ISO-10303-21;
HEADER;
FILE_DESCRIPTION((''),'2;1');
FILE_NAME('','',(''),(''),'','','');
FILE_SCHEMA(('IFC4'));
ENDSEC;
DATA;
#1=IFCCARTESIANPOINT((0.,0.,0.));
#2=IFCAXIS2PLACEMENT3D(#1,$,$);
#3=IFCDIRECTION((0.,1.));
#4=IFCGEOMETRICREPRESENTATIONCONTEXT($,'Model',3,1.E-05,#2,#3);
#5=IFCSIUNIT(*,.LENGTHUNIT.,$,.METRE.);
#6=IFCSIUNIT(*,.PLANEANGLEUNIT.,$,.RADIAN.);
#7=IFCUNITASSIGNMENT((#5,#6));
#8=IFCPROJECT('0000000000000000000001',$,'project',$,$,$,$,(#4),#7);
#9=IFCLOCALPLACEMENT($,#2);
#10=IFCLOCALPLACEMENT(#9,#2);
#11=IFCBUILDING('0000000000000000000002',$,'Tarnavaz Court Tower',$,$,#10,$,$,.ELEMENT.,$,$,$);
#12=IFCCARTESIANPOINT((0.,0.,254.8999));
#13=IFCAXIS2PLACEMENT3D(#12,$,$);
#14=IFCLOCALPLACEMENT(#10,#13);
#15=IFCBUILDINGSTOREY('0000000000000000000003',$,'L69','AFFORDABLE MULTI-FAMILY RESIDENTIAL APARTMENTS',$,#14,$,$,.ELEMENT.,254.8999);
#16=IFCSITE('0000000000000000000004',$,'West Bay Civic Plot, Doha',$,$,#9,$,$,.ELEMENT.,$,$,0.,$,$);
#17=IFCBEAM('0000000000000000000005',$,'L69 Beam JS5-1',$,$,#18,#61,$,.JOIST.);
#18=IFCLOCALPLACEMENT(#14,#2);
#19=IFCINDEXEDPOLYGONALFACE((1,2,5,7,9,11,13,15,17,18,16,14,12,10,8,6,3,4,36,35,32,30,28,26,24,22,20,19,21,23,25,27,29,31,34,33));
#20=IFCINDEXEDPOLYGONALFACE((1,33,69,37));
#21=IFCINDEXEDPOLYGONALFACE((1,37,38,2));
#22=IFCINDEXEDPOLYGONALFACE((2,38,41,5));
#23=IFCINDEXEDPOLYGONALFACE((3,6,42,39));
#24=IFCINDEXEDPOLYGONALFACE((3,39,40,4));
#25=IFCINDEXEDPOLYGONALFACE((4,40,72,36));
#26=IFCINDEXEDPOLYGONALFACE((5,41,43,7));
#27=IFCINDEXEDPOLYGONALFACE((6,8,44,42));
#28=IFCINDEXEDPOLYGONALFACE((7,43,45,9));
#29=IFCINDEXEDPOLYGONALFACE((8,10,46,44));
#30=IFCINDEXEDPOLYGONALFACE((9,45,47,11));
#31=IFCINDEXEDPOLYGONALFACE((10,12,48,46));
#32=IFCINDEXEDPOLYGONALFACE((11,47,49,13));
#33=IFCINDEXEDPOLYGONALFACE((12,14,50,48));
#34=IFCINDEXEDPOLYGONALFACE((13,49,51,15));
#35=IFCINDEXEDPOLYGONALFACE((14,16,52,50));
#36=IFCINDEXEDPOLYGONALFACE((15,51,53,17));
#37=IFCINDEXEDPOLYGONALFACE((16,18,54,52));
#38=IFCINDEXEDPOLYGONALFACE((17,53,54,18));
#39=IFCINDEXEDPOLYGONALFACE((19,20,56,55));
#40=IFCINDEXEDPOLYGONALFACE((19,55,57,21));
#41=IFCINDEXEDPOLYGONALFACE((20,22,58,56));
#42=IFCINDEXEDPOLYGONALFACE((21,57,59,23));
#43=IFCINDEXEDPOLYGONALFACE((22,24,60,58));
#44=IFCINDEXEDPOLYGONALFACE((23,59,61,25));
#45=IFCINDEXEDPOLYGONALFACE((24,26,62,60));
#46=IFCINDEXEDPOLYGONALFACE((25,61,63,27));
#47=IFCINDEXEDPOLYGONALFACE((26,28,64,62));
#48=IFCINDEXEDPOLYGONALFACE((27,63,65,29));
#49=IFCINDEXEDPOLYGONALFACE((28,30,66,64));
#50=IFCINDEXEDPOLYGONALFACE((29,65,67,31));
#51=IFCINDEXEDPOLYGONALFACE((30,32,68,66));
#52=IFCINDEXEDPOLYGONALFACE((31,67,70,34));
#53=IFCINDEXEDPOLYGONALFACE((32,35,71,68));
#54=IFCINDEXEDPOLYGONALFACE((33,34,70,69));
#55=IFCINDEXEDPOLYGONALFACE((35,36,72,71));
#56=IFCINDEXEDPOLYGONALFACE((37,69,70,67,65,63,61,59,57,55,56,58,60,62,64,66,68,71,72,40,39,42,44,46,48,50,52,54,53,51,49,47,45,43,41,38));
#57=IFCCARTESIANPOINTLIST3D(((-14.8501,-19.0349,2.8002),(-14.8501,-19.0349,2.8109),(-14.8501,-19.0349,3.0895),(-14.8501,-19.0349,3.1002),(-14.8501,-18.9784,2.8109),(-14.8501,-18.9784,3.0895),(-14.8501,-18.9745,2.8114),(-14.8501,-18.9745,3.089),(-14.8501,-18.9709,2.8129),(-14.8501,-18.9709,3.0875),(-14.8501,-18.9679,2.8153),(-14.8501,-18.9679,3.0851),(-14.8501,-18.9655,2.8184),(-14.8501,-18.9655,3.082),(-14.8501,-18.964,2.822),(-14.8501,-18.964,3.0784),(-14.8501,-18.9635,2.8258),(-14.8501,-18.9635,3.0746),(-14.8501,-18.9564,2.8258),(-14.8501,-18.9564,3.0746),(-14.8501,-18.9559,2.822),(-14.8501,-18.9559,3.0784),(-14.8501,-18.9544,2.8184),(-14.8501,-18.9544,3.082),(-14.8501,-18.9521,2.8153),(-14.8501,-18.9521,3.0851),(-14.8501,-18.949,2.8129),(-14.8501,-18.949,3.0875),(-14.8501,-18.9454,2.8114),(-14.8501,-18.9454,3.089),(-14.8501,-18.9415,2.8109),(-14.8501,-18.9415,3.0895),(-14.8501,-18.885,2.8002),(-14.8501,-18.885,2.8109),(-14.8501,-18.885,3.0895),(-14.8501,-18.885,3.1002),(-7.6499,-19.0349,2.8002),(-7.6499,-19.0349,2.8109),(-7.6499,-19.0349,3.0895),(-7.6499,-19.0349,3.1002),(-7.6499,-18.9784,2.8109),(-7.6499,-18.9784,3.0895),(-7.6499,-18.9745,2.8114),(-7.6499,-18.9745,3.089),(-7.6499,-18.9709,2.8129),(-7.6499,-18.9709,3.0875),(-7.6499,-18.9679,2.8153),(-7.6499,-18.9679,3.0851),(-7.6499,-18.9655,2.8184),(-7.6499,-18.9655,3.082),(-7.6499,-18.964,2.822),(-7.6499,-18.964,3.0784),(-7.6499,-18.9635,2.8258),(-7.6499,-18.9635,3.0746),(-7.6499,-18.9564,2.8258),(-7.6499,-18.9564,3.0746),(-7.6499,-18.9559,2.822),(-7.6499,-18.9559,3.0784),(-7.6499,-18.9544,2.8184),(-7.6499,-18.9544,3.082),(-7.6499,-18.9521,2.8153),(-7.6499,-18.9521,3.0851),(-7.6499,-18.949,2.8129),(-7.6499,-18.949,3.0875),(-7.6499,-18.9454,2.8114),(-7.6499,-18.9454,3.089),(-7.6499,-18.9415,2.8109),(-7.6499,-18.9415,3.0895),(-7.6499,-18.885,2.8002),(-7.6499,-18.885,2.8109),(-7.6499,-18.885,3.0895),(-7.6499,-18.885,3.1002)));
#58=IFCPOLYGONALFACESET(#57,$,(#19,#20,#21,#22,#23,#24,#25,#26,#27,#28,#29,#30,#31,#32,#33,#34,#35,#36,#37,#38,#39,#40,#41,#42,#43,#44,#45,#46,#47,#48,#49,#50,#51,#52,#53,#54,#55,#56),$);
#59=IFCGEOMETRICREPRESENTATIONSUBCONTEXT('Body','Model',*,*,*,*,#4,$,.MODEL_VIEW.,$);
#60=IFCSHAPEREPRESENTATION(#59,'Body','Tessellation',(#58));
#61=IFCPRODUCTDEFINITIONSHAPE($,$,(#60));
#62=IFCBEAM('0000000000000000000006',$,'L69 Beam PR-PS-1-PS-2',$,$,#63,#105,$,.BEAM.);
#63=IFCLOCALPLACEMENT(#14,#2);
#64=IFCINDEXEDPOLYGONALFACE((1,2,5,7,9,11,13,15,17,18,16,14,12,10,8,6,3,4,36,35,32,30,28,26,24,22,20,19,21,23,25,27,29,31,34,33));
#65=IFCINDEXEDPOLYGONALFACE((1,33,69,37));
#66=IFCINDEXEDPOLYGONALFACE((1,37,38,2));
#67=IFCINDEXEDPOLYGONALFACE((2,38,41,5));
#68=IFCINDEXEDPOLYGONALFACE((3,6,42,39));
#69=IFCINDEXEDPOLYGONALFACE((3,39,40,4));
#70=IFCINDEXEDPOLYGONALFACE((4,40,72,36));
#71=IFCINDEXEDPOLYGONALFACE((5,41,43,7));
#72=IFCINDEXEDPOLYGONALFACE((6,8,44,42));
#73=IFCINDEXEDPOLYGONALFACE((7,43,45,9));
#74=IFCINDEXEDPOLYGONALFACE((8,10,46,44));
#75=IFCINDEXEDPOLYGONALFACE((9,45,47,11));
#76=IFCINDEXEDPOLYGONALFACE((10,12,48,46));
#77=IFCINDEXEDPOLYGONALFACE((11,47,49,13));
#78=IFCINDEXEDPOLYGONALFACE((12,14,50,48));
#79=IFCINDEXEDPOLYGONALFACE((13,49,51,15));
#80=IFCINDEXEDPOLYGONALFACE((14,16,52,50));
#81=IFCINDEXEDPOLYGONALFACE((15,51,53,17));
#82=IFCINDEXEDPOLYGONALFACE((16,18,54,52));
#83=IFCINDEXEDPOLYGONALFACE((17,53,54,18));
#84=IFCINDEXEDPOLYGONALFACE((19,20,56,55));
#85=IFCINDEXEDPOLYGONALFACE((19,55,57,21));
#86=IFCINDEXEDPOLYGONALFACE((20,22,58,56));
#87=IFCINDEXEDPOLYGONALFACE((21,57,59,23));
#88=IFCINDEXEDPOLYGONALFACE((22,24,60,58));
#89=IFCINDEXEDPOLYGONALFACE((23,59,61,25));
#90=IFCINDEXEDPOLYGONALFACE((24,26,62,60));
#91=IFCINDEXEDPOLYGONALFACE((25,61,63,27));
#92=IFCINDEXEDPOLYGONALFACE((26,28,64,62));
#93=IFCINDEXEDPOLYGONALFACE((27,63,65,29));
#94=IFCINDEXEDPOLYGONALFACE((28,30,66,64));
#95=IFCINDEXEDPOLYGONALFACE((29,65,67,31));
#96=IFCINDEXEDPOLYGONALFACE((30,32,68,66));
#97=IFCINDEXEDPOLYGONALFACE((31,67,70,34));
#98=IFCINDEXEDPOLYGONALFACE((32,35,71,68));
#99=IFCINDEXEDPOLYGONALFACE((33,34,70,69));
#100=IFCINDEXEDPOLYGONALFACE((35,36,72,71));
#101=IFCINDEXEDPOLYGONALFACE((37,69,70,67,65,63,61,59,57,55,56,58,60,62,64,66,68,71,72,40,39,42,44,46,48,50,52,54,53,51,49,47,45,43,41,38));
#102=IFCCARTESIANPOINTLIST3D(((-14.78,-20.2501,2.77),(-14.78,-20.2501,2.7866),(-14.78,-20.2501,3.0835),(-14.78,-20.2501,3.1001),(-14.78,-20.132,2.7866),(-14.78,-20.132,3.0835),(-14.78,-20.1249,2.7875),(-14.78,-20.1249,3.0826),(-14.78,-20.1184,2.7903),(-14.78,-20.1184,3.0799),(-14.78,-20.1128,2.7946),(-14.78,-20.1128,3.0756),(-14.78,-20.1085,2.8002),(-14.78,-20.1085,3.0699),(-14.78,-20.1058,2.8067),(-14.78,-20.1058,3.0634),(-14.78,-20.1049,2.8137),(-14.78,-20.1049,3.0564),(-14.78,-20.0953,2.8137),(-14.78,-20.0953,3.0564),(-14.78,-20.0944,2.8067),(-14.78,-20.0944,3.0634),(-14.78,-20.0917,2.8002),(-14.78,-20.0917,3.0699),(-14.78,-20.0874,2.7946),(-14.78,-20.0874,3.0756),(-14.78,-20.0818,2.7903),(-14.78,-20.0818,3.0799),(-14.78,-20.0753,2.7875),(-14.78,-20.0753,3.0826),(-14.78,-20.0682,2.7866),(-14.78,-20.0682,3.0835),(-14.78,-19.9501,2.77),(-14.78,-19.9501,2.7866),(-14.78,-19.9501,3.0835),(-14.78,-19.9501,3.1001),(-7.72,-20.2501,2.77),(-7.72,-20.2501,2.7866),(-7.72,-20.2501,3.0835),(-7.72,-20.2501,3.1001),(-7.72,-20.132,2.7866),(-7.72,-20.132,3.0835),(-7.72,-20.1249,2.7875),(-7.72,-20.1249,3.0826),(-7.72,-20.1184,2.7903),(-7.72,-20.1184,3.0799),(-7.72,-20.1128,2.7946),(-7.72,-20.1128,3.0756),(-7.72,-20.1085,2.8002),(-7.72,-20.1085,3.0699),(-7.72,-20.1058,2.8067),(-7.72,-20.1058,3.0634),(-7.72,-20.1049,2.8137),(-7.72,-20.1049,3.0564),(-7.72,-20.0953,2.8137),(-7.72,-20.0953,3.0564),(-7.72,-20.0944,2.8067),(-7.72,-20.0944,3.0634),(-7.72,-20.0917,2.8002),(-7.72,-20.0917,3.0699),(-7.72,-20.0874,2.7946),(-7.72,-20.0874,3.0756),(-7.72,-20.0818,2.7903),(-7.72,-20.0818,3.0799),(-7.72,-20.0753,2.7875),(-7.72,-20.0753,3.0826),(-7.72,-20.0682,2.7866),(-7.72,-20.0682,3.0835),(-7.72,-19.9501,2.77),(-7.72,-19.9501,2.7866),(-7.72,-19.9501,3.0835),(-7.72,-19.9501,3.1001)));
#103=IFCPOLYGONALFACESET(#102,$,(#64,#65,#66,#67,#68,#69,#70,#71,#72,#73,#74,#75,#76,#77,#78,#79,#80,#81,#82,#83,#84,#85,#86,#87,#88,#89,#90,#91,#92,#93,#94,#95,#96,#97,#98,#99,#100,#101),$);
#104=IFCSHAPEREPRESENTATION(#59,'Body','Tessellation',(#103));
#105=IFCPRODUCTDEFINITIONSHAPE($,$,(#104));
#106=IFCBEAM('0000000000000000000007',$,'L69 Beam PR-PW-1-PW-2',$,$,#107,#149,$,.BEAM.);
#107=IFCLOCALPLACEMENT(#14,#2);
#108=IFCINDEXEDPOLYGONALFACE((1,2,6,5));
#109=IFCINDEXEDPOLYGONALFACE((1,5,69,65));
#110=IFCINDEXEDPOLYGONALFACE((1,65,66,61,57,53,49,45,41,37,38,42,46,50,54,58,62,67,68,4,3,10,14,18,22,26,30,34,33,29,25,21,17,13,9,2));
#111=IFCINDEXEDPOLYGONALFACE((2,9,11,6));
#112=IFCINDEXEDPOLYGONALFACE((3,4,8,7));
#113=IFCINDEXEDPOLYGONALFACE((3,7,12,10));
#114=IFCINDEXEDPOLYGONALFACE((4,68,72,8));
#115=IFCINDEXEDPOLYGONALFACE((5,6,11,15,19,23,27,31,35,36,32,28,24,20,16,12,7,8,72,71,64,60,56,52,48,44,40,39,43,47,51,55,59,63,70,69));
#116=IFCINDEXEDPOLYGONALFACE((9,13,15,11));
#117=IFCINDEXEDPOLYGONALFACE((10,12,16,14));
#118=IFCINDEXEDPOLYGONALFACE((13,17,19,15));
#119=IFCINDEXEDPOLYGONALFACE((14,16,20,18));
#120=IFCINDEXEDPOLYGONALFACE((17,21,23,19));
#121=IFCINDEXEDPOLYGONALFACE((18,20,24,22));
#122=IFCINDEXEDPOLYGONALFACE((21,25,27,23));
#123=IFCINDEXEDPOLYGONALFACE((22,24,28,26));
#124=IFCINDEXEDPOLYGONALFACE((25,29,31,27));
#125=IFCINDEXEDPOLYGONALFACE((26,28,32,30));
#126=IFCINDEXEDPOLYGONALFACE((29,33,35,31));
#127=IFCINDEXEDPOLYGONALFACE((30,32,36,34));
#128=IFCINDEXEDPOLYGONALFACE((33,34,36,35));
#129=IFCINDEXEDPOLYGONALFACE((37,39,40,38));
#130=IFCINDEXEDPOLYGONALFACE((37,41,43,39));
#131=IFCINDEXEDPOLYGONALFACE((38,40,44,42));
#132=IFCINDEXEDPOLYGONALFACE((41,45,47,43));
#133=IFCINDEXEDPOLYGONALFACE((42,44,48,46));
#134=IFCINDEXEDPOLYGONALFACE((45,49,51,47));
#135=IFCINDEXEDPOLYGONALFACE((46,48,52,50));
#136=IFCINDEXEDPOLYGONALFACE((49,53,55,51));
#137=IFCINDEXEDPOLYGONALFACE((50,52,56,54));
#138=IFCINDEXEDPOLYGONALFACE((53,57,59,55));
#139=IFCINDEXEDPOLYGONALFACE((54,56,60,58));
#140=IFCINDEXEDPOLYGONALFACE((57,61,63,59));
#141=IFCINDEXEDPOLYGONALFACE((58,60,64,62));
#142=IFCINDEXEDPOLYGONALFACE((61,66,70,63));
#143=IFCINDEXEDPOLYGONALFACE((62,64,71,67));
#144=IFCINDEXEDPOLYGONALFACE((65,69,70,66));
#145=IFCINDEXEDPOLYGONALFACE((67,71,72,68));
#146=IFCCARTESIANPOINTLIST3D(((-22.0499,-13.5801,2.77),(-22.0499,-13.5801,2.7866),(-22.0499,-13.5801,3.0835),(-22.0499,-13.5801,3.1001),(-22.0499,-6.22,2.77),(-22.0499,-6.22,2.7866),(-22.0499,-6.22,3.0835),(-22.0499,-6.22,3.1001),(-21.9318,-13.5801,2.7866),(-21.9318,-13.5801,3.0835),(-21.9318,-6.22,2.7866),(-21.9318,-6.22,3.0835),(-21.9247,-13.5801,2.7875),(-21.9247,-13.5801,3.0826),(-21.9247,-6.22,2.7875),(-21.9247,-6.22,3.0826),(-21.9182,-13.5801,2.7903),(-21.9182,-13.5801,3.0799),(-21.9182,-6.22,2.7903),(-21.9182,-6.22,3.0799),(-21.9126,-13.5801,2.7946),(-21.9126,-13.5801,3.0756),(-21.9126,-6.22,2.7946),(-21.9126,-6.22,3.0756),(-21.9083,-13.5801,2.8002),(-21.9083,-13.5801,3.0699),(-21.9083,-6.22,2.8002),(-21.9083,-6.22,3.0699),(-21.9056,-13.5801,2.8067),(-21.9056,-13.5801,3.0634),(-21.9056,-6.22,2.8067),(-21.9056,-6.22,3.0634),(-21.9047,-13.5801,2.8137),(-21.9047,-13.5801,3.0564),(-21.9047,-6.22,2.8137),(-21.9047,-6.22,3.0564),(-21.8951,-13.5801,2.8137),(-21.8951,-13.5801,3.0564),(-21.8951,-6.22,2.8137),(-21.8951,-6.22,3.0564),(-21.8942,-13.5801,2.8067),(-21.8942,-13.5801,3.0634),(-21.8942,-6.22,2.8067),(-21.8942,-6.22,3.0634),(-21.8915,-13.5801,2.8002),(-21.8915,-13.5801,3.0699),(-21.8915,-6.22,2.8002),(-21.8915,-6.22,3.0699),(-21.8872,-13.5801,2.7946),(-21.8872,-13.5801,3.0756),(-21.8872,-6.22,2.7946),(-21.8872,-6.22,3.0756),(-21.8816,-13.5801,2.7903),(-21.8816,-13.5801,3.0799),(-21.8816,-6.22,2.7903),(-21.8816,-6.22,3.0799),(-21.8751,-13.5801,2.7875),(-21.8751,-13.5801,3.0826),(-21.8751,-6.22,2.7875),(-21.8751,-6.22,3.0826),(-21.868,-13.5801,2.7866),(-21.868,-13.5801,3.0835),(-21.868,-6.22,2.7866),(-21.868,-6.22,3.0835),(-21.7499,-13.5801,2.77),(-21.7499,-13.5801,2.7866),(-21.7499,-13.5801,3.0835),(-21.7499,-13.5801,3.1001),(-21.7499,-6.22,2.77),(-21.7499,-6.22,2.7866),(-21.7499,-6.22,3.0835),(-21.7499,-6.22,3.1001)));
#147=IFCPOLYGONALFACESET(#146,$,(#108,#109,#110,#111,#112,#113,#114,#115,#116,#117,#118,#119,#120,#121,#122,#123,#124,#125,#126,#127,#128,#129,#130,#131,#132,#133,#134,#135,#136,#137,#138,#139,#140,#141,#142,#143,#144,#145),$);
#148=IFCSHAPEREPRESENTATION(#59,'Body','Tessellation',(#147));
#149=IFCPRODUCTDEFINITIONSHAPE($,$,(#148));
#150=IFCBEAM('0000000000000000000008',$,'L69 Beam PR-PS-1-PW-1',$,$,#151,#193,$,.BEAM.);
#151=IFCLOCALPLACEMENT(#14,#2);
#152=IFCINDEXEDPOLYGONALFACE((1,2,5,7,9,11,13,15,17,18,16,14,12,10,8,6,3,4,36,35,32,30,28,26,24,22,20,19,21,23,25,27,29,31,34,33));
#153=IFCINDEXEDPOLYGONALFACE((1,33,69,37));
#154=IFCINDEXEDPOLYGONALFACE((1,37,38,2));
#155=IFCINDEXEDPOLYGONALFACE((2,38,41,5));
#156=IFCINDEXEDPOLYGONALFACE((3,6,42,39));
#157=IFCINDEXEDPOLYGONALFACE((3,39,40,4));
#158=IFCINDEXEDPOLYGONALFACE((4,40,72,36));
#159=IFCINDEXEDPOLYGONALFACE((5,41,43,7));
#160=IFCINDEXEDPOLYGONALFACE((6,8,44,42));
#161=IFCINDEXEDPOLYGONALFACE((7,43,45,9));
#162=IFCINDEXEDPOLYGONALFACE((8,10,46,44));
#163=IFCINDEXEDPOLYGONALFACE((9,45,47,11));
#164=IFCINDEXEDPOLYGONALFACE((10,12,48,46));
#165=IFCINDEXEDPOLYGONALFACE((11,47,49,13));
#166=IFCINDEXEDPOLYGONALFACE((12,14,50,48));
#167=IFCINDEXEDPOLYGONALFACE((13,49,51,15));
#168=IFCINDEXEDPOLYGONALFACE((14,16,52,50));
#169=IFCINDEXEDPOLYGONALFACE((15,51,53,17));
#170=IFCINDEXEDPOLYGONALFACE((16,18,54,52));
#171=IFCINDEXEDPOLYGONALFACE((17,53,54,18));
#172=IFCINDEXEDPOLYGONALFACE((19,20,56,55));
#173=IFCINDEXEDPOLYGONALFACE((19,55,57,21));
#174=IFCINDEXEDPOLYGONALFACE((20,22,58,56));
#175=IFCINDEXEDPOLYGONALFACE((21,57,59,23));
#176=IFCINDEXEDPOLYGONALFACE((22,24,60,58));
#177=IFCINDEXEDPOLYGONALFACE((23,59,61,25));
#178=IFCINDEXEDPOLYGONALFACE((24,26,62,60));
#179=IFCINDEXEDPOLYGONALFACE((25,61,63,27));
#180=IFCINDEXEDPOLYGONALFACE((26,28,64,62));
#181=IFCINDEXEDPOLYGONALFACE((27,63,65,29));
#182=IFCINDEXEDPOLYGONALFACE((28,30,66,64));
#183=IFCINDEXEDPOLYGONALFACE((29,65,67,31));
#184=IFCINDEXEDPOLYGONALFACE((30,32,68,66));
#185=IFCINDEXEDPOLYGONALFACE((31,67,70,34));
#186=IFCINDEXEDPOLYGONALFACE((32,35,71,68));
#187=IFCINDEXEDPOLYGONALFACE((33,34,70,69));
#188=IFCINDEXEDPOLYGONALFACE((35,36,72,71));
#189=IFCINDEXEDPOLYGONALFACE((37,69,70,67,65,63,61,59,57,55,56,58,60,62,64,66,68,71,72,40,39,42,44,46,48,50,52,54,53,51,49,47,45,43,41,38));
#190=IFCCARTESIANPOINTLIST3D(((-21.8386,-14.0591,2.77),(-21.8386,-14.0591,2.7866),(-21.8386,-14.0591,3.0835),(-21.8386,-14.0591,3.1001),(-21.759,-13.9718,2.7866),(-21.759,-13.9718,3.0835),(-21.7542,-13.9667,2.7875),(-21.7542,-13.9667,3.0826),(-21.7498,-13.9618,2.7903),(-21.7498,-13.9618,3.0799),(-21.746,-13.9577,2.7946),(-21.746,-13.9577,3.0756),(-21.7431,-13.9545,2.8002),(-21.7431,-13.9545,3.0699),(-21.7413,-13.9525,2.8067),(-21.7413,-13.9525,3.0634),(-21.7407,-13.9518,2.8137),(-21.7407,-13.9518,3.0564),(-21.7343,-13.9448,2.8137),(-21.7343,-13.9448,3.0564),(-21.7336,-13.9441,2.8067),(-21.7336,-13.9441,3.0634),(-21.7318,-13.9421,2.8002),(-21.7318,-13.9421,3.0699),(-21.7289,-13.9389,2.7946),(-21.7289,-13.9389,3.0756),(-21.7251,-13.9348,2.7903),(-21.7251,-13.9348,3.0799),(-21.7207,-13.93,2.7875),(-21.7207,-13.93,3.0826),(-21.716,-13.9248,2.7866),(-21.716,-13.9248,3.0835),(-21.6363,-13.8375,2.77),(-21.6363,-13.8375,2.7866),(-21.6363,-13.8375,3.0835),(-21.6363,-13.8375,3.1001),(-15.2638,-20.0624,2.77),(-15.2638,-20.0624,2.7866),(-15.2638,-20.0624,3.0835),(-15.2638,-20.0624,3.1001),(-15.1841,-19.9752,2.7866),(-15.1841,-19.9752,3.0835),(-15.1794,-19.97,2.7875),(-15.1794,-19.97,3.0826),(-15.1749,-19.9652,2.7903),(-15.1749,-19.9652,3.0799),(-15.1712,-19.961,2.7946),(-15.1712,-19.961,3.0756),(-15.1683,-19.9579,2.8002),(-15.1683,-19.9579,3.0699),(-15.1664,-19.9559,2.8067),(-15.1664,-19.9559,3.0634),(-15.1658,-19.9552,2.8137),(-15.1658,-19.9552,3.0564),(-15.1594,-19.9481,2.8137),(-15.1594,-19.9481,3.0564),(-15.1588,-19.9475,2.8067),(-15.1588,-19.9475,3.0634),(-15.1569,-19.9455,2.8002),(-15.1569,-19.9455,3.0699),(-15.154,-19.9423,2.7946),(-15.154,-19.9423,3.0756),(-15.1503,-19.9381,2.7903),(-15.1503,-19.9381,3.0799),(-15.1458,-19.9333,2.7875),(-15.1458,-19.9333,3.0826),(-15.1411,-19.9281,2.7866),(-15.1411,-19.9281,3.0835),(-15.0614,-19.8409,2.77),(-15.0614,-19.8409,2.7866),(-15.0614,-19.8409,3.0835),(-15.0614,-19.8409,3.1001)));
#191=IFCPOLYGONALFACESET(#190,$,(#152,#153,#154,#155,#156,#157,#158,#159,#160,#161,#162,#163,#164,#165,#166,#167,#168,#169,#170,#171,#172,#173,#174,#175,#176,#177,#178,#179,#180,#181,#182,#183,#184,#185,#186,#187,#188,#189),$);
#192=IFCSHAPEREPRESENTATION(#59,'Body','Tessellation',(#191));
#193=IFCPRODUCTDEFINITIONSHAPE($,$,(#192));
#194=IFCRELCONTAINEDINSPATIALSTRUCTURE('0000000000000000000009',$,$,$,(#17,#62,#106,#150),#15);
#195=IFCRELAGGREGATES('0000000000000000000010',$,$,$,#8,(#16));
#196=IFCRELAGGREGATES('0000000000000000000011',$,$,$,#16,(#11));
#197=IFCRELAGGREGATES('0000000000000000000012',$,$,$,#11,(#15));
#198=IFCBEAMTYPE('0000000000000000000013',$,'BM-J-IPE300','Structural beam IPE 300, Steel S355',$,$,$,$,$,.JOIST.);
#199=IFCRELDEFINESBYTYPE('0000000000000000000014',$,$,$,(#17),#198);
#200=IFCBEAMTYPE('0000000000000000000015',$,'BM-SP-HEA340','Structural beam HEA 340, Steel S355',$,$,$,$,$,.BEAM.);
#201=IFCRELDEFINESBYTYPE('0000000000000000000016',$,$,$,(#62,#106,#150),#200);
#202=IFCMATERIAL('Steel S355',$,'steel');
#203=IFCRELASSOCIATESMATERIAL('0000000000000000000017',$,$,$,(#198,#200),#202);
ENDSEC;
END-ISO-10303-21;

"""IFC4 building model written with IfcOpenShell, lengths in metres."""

from ifc_helpers import new_model, si_unit, direction, frame, origin, origin_2d, place, context, subcontext, project, spatial, i_section, extrude, material, material_profile, profile_set, type_object, element, save


model = new_model("IFC4")

# Units and contexts
model_context = context("Model", 3, precision=1e-05, world=origin(), true_north=direction((0.0, 1.0)))
body_context = subcontext(model_context, "Body", "Model", "MODEL_VIEW")
ifc_project = project(units=[si_unit("LENGTHUNIT", "METRE"), si_unit("PLANEANGLEUNIT", "RADIAN")], contexts=[model_context])

# Site, building, storey
site_placement = place(None, origin())
site = spatial("IfcSite", under=ifc_project, at=site_placement, Name="West Bay Civic Plot, Doha", CompositionType="ELEMENT", RefElevation=0.0)
building_placement = place(site_placement, origin())
building = spatial("IfcBuilding", under=site, at=building_placement, Name="Tarnavaz Court Tower", CompositionType="ELEMENT")
storey_placement = place(building_placement, frame((0.0, 0.0, 254.8999)))
storey = spatial("IfcBuildingStorey", under=building, at=storey_placement, Name="L69", Description="AFFORDABLE MULTI-FAMILY RESIDENTIAL APARTMENTS", CompositionType="ELEMENT", Elevation=254.8999)

# Beams
ifc_material_1 = material(Name="Steel S355", Category="steel")
ifc_material_profile_1 = material_profile(ifc_material_1, i_section(OverallWidth=0.1499, OverallDepth=0.3, WebThickness=0.0071, FlangeThickness=0.0107, FilletRadius=0.0149, at=origin_2d()), Name="IPE 300")
ifc_profile_set_1 = profile_set([ifc_material_profile_1], Name="Steel S355")
beam_type_1 = type_object("IfcBeamType", Name="BM-J-IPE300", Description="Structural beam IPE 300, Steel S355", PredefinedType="JOIST", material=ifc_profile_set_1)
for number, where, z_axis, x_axis, name in (
    (1, (-14.8501, -18.96, 2.9502), (1.0, 0.0, 0.0), (0.0, 1.0, 0.0), "L69 Beam JS5-1"),
):
    element("IfcBeam", number, at=place(storey_placement, frame(where, z_axis=z_axis, x_axis=x_axis)), inside=storey, type_object=beam_type_1, Name=name, PredefinedType="JOIST", context=body_context, shape_type="SweptSolid", body=[
        extrude(i_section(OverallWidth=0.1499, OverallDepth=0.3, WebThickness=0.0071, FlangeThickness=0.0107, FilletRadius=0.0149, at=origin_2d()), origin(), (0.0, 0.0, 1.0), 7.2002),
    ])
ifc_material_profile_2 = material_profile(ifc_material_1, i_section(OverallWidth=0.3, OverallDepth=0.3301, WebThickness=0.0095, FlangeThickness=0.0166, FilletRadius=0.0271, at=origin_2d()), Name="HEA 340")
ifc_profile_set_2 = profile_set([ifc_material_profile_2], Name="Steel S355")
beam_type_2 = type_object("IfcBeamType", Name="BM-SP-HEA340", Description="Structural beam HEA 340, Steel S355", PredefinedType="BEAM", material=ifc_profile_set_2)
beam_1_placement = place(storey_placement, frame((-14.78, -20.1001, 2.9351), z_axis=(1.0, 0.0, 0.0), x_axis=(0.0, 1.0, 0.0)))
element("IfcBeam", 2, at=beam_1_placement, inside=storey, type_object=beam_type_2, Name="L69 Beam PR-PS-1-PS-2", PredefinedType="BEAM", context=body_context, shape_type="SweptSolid", body=[
    extrude(i_section(OverallWidth=0.3, OverallDepth=0.3301, WebThickness=0.0095, FlangeThickness=0.0166, FilletRadius=0.0271, at=origin_2d()), origin(), (0.0, 0.0, 1.0), 7.0601),
])
beam_2_placement = place(storey_placement, frame((-21.8999, -13.5801, 2.9351), z_axis=(0.0, 1.0, 0.0), x_axis=(-1.0, 0.0, 0.0)))
element("IfcBeam", 3, at=beam_2_placement, inside=storey, type_object=beam_type_2, Name="L69 Beam PR-PW-1-PW-2", PredefinedType="BEAM", context=body_context, shape_type="SweptSolid", body=[
    extrude(i_section(OverallWidth=0.3, OverallDepth=0.3301, WebThickness=0.0095, FlangeThickness=0.0166, FilletRadius=0.0271, at=origin_2d()), origin(), (0.0, 0.0, 1.0), 7.3601),
])
beam_3_placement = place(storey_placement, frame((-15.1626, -19.9517, 2.9351), z_axis=(-0.738474, 0.674282, 0.0), x_axis=(-0.674282, -0.738474, 0.0)))
element("IfcBeam", 4, at=beam_3_placement, inside=storey, type_object=beam_type_2, Name="L69 Beam PR-PS-1-PW-1", PredefinedType="BEAM", context=body_context, shape_type="SweptSolid", body=[
    extrude(i_section(OverallWidth=0.3, OverallDepth=0.3301, WebThickness=0.0095, FlangeThickness=0.0166, FilletRadius=0.0271, at=origin_2d()), origin(), (0.0, 0.0, 1.0), 8.9033),
])

save(model, "model.ifc")
